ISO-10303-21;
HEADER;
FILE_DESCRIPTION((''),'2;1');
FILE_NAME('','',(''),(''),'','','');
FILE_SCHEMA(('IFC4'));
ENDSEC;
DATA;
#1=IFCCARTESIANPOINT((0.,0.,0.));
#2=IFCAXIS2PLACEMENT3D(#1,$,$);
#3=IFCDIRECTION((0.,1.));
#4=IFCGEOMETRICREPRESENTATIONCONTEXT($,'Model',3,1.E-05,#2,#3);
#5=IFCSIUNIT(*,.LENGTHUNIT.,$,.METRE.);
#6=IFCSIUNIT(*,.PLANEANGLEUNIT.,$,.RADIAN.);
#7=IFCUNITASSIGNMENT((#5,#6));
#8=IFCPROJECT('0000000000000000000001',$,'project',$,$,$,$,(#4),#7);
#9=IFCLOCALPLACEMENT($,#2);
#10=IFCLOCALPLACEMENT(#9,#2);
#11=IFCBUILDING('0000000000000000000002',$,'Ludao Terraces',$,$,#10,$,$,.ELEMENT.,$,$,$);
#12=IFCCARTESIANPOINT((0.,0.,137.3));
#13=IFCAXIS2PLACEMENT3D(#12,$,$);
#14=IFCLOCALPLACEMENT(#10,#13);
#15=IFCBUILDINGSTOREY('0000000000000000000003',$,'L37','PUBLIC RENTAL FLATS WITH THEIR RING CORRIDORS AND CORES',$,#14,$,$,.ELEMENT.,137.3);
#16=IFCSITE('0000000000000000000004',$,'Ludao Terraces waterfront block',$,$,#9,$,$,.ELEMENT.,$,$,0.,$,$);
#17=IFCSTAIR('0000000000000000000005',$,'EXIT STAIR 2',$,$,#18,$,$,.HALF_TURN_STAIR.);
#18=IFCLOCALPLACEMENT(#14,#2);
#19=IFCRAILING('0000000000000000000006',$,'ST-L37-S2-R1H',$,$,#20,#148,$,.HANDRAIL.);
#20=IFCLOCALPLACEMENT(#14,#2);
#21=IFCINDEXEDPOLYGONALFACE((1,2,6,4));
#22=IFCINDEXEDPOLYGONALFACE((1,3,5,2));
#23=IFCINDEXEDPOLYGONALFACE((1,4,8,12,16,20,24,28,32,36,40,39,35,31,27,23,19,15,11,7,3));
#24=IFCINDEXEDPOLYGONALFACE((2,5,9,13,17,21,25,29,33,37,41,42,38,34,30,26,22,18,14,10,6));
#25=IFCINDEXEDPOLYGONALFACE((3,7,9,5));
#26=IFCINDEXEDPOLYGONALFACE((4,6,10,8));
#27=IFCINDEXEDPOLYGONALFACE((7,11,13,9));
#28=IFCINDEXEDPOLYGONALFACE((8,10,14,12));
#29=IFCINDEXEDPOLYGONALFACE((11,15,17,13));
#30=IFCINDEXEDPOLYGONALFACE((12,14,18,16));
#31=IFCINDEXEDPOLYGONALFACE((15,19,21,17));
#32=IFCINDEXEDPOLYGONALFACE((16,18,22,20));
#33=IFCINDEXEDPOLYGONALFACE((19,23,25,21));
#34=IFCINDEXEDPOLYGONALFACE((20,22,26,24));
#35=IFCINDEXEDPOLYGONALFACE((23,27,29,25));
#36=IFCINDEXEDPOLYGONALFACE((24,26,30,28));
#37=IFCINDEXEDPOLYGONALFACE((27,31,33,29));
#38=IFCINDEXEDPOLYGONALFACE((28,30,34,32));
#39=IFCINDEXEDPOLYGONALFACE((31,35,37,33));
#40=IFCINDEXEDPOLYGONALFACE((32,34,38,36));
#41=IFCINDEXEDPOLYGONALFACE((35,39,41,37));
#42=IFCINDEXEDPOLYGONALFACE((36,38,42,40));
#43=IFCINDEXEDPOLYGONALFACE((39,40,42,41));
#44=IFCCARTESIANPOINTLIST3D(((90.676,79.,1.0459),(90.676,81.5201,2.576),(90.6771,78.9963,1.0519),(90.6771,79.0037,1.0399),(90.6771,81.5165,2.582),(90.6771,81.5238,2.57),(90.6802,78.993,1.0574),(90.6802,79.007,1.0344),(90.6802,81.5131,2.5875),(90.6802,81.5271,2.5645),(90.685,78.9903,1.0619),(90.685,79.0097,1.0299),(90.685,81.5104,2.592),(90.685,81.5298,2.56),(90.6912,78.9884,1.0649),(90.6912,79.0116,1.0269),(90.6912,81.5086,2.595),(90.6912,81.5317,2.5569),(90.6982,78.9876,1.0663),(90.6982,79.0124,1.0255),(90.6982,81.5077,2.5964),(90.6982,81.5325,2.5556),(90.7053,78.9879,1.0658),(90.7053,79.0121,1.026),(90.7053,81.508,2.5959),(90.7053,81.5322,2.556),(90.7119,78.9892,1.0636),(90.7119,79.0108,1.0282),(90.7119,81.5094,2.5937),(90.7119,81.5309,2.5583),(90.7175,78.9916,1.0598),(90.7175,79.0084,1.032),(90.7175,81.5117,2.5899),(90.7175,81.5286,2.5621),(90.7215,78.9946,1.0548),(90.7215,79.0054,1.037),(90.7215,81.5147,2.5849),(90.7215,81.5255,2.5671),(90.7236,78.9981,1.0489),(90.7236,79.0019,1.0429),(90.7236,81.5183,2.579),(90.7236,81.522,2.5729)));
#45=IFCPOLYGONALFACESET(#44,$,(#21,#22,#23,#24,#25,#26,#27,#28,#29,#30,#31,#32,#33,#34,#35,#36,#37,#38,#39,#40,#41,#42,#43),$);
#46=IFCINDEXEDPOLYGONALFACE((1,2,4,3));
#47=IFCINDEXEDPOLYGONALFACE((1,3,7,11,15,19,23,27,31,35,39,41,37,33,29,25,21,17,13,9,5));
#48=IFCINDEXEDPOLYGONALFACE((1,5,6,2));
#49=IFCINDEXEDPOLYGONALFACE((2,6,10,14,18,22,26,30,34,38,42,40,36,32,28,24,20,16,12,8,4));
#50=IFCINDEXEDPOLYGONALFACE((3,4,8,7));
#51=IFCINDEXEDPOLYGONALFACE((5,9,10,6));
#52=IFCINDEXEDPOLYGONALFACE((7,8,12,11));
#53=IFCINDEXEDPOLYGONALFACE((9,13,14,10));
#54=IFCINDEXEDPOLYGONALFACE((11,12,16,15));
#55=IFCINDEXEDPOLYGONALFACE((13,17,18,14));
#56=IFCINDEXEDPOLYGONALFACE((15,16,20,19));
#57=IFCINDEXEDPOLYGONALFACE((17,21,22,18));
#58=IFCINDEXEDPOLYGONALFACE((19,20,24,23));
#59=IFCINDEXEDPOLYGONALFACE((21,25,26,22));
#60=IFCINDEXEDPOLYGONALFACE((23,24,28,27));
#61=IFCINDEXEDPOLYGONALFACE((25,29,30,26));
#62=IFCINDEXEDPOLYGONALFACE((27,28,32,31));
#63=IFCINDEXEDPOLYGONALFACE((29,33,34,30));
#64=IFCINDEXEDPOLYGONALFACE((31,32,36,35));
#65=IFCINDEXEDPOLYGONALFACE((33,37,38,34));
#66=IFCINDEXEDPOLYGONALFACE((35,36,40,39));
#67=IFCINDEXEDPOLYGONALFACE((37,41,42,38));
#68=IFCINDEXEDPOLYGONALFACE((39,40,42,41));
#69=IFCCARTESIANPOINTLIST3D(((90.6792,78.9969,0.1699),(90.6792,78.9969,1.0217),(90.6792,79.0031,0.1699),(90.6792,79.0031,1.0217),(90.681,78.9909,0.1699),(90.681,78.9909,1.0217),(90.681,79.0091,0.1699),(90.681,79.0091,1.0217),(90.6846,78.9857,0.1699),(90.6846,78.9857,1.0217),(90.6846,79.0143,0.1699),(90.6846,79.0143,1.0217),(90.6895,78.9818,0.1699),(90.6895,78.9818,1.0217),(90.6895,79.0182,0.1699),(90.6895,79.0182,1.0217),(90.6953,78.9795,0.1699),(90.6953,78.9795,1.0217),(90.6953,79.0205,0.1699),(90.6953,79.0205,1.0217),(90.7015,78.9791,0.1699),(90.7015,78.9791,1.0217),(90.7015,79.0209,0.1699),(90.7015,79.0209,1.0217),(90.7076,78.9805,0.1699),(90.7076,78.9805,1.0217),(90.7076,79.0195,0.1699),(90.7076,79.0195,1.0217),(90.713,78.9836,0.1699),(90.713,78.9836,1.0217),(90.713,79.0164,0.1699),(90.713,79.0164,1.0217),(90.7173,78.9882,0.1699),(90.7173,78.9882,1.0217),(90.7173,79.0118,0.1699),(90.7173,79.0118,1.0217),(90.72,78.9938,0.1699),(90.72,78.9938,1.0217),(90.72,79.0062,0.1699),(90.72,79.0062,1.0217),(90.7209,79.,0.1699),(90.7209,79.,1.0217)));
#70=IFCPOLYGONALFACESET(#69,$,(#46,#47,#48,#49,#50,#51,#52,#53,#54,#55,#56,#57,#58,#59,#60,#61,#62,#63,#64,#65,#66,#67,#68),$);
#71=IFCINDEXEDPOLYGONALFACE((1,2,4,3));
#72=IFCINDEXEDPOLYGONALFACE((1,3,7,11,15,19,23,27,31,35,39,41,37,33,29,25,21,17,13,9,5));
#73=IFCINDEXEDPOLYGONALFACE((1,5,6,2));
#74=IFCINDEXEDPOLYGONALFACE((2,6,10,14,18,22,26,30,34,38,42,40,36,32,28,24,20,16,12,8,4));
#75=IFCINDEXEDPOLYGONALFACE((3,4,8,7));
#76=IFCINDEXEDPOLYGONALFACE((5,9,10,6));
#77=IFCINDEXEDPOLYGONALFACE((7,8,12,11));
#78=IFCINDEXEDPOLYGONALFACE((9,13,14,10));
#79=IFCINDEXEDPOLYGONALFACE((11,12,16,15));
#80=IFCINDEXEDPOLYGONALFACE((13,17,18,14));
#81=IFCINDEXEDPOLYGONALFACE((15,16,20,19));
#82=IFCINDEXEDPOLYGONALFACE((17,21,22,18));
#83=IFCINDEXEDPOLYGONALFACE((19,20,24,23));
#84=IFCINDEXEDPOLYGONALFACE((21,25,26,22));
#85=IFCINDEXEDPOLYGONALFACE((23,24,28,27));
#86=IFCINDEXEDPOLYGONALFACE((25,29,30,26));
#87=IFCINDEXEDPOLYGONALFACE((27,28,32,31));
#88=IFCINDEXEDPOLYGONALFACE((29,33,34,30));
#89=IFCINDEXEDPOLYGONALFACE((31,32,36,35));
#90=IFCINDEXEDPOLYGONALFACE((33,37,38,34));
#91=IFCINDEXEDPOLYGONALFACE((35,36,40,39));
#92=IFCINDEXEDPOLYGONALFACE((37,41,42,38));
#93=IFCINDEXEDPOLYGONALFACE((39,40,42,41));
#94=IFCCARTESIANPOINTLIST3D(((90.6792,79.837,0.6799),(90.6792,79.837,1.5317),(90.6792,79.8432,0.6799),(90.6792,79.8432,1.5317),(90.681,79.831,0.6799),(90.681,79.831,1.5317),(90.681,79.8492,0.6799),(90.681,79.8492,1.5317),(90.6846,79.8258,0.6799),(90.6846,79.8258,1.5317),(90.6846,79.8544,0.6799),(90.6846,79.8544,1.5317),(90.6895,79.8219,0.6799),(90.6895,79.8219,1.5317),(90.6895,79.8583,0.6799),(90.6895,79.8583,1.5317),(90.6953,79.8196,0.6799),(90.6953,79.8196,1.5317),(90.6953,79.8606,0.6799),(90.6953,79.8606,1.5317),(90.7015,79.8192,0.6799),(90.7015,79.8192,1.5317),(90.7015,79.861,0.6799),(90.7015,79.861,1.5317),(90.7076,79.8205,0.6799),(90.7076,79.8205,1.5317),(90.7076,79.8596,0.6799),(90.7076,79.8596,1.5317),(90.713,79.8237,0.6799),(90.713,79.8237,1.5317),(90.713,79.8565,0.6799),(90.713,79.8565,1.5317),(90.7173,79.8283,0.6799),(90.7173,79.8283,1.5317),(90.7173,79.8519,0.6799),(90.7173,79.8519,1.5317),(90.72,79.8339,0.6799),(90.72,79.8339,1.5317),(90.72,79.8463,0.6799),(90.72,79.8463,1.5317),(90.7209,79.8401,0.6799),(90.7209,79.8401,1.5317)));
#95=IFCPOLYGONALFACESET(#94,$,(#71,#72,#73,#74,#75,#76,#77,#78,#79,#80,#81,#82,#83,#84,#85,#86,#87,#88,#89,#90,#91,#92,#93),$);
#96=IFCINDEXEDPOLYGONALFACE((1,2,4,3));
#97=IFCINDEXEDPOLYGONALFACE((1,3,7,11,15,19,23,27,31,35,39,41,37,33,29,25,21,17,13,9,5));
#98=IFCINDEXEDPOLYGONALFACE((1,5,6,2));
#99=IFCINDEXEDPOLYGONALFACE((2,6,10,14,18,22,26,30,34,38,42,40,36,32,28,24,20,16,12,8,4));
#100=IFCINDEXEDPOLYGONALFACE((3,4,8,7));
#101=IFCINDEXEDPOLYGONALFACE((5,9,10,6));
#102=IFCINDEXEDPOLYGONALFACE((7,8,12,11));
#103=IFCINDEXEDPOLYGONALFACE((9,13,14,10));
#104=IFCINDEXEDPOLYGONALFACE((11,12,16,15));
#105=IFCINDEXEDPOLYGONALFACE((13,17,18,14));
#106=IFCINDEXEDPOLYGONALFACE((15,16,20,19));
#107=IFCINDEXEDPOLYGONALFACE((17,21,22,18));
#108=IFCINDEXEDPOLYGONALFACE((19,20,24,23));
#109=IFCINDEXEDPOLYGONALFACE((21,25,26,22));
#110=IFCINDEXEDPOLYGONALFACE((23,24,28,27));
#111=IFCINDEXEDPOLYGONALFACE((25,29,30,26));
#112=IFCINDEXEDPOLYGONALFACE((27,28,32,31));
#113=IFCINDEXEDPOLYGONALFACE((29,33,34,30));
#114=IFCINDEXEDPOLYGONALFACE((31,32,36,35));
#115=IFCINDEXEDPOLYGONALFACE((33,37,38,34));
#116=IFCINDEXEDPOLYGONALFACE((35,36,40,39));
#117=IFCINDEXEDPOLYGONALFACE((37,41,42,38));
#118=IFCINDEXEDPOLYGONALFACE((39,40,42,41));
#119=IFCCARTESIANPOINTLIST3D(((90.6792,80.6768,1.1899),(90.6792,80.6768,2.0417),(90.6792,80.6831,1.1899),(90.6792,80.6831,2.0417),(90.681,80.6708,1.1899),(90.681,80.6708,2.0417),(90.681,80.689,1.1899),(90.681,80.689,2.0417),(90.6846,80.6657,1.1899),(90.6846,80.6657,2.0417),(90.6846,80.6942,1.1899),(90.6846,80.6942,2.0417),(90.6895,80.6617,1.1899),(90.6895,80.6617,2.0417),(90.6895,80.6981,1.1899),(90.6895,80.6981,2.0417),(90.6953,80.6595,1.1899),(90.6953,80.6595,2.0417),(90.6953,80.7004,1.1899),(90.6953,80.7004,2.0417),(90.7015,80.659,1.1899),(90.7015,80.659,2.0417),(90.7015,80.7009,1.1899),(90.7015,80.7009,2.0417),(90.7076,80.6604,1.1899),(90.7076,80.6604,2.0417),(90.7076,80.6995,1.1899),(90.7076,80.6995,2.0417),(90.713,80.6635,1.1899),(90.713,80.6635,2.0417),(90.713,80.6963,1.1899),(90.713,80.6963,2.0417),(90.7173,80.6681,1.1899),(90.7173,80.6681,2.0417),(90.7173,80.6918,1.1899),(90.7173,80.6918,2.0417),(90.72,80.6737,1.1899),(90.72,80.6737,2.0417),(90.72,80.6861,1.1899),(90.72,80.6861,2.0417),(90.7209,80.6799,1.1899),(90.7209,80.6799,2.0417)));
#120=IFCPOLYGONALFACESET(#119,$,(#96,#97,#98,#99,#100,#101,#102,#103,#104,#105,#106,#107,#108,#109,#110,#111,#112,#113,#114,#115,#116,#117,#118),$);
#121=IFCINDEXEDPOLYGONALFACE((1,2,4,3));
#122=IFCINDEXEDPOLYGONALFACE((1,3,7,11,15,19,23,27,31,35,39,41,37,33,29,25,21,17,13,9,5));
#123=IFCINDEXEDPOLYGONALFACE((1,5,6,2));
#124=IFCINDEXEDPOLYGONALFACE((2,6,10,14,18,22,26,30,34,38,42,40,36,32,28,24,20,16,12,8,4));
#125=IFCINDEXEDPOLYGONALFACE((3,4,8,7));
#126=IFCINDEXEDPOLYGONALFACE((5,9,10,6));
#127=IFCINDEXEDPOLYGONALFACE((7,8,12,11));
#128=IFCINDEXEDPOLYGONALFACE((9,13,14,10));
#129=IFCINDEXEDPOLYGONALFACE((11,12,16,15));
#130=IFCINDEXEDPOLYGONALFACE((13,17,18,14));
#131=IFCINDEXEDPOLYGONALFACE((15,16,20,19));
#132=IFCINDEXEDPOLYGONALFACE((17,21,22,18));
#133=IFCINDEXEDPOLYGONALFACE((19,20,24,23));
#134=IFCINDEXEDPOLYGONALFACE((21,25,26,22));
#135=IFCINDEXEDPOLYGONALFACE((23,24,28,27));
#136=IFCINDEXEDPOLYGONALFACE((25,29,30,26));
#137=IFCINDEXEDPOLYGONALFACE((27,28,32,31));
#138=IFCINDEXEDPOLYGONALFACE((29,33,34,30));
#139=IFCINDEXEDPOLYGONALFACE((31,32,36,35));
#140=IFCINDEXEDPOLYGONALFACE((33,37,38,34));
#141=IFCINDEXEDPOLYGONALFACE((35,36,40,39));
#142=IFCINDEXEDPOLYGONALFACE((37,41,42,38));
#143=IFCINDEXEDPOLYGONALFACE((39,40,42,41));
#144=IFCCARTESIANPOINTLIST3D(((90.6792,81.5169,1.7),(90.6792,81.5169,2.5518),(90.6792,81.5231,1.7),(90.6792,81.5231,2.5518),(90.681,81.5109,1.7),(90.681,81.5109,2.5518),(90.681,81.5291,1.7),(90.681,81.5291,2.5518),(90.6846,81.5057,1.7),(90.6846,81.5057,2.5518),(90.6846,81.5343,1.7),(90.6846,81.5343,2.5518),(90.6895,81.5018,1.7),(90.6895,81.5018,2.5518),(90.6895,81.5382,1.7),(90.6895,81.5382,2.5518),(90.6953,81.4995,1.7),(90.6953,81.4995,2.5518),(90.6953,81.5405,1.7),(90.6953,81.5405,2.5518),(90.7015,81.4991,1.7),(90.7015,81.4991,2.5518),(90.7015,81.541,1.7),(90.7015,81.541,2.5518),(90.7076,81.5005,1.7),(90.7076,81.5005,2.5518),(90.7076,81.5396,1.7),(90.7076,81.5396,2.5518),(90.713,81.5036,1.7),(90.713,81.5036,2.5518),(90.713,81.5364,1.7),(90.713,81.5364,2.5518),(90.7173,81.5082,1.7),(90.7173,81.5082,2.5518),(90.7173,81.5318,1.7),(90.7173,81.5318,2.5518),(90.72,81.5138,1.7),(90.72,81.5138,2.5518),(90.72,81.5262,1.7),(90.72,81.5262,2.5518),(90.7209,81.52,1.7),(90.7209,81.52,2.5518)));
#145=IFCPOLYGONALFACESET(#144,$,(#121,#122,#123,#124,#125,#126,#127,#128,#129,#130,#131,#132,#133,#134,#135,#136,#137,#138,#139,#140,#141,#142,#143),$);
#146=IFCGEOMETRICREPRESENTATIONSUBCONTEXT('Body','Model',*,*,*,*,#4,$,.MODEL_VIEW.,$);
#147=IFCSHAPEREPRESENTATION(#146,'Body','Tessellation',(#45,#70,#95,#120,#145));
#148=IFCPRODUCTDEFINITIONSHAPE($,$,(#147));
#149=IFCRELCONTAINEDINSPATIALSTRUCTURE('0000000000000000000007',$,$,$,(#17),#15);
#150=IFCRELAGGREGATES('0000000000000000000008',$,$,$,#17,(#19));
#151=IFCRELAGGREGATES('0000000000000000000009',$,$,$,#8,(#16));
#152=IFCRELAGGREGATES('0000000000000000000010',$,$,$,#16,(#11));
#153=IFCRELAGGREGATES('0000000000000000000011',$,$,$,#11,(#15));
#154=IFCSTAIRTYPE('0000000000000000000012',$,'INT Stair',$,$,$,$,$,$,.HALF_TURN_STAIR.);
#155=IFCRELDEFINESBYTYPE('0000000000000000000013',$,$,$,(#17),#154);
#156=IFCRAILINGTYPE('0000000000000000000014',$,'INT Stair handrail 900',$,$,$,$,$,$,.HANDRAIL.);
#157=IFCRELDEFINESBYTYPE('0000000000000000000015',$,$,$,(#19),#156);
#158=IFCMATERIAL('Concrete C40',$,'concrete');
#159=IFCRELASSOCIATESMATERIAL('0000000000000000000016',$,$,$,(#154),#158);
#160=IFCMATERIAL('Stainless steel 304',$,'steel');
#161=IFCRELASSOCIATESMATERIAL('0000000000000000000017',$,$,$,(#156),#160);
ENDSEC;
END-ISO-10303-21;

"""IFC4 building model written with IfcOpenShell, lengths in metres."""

from ifc_helpers import new_model, si_unit, direction, frame, origin, origin_2d, place, context, subcontext, project, spatial, circle, extrude, material, type_object, element, aggregate, save


model = new_model("IFC4")

# Units and contexts
model_context = context("Model", 3, precision=1e-05, world=origin(), true_north=direction((0.0, 1.0)))
body_context = subcontext(model_context, "Body", "Model", "MODEL_VIEW")
ifc_project = project(units=[si_unit("LENGTHUNIT", "METRE"), si_unit("PLANEANGLEUNIT", "RADIAN")], contexts=[model_context])

# Site, building, storey
site_placement = place(None, origin())
site = spatial("IfcSite", under=ifc_project, at=site_placement, Name="Ludao Terraces waterfront block", CompositionType="ELEMENT", RefElevation=0.0)
building_placement = place(site_placement, origin())
building = spatial("IfcBuilding", under=site, at=building_placement, Name="Ludao Terraces", CompositionType="ELEMENT")
storey_placement = place(building_placement, frame((0.0, 0.0, 137.3)))
storey = spatial("IfcBuildingStorey", under=building, at=storey_placement, Name="L37", Description="PUBLIC RENTAL FLATS WITH THEIR RING CORRIDORS AND CORES", CompositionType="ELEMENT", Elevation=137.3)

# Shared definitions
ifc_material_1 = material(Name="Stainless steel 304", Category="steel")

# Stair, railing
ifc_material_2 = material(Name="Concrete C40", Category="concrete")
stair_type = type_object("IfcStairType", Name="INT Stair", PredefinedType="HALF_TURN_STAIR", material=ifc_material_2)
stair_placement = place(storey_placement, origin())
stair = element("IfcStair", 1, at=stair_placement, inside=storey, type_object=stair_type, Name="EXIT STAIR 2", PredefinedType="HALF_TURN_STAIR")
railing_type_1 = type_object("IfcRailingType", Name="INT Stair handrail 900", PredefinedType="HANDRAIL", material=ifc_material_1)
railing_1_placement = place(storey_placement, frame((90.7, 79.0, 0.1699)))
railing_1 = element("IfcRailing", 2, at=railing_1_placement, type_object=railing_type_1, Name="ST-L37-S2-R1H", PredefinedType="HANDRAIL", context=body_context, shape_type="SweptSolid", body=[
    extrude(circle(Radius=0.0239, at=origin_2d()), frame((0.0, 0.0, 0.876), z_axis=(0.0, 0.854785, 0.518982), x_axis=(-1.0, 0.0, 0.0)), (0.0, 0.0, 1.0), 2.9482),
    extrude(circle(Radius=0.021, at=origin_2d()), origin(), (0.0, 0.0, 1.0), 0.8518),
    extrude(circle(Radius=0.021, at=origin_2d()), frame((0.0, 0.8401, 0.51)), (0.0, 0.0, 1.0), 0.8518),
    extrude(circle(Radius=0.021, at=origin_2d()), frame((0.0, 1.6799, 1.02)), (0.0, 0.0, 1.0), 0.8518),
    extrude(circle(Radius=0.021, at=origin_2d()), frame((0.0, 2.52, 1.53)), (0.0, 0.0, 1.0), 0.8518),
])
aggregate(stair, [railing_1])

save(model, "model.ifc")
